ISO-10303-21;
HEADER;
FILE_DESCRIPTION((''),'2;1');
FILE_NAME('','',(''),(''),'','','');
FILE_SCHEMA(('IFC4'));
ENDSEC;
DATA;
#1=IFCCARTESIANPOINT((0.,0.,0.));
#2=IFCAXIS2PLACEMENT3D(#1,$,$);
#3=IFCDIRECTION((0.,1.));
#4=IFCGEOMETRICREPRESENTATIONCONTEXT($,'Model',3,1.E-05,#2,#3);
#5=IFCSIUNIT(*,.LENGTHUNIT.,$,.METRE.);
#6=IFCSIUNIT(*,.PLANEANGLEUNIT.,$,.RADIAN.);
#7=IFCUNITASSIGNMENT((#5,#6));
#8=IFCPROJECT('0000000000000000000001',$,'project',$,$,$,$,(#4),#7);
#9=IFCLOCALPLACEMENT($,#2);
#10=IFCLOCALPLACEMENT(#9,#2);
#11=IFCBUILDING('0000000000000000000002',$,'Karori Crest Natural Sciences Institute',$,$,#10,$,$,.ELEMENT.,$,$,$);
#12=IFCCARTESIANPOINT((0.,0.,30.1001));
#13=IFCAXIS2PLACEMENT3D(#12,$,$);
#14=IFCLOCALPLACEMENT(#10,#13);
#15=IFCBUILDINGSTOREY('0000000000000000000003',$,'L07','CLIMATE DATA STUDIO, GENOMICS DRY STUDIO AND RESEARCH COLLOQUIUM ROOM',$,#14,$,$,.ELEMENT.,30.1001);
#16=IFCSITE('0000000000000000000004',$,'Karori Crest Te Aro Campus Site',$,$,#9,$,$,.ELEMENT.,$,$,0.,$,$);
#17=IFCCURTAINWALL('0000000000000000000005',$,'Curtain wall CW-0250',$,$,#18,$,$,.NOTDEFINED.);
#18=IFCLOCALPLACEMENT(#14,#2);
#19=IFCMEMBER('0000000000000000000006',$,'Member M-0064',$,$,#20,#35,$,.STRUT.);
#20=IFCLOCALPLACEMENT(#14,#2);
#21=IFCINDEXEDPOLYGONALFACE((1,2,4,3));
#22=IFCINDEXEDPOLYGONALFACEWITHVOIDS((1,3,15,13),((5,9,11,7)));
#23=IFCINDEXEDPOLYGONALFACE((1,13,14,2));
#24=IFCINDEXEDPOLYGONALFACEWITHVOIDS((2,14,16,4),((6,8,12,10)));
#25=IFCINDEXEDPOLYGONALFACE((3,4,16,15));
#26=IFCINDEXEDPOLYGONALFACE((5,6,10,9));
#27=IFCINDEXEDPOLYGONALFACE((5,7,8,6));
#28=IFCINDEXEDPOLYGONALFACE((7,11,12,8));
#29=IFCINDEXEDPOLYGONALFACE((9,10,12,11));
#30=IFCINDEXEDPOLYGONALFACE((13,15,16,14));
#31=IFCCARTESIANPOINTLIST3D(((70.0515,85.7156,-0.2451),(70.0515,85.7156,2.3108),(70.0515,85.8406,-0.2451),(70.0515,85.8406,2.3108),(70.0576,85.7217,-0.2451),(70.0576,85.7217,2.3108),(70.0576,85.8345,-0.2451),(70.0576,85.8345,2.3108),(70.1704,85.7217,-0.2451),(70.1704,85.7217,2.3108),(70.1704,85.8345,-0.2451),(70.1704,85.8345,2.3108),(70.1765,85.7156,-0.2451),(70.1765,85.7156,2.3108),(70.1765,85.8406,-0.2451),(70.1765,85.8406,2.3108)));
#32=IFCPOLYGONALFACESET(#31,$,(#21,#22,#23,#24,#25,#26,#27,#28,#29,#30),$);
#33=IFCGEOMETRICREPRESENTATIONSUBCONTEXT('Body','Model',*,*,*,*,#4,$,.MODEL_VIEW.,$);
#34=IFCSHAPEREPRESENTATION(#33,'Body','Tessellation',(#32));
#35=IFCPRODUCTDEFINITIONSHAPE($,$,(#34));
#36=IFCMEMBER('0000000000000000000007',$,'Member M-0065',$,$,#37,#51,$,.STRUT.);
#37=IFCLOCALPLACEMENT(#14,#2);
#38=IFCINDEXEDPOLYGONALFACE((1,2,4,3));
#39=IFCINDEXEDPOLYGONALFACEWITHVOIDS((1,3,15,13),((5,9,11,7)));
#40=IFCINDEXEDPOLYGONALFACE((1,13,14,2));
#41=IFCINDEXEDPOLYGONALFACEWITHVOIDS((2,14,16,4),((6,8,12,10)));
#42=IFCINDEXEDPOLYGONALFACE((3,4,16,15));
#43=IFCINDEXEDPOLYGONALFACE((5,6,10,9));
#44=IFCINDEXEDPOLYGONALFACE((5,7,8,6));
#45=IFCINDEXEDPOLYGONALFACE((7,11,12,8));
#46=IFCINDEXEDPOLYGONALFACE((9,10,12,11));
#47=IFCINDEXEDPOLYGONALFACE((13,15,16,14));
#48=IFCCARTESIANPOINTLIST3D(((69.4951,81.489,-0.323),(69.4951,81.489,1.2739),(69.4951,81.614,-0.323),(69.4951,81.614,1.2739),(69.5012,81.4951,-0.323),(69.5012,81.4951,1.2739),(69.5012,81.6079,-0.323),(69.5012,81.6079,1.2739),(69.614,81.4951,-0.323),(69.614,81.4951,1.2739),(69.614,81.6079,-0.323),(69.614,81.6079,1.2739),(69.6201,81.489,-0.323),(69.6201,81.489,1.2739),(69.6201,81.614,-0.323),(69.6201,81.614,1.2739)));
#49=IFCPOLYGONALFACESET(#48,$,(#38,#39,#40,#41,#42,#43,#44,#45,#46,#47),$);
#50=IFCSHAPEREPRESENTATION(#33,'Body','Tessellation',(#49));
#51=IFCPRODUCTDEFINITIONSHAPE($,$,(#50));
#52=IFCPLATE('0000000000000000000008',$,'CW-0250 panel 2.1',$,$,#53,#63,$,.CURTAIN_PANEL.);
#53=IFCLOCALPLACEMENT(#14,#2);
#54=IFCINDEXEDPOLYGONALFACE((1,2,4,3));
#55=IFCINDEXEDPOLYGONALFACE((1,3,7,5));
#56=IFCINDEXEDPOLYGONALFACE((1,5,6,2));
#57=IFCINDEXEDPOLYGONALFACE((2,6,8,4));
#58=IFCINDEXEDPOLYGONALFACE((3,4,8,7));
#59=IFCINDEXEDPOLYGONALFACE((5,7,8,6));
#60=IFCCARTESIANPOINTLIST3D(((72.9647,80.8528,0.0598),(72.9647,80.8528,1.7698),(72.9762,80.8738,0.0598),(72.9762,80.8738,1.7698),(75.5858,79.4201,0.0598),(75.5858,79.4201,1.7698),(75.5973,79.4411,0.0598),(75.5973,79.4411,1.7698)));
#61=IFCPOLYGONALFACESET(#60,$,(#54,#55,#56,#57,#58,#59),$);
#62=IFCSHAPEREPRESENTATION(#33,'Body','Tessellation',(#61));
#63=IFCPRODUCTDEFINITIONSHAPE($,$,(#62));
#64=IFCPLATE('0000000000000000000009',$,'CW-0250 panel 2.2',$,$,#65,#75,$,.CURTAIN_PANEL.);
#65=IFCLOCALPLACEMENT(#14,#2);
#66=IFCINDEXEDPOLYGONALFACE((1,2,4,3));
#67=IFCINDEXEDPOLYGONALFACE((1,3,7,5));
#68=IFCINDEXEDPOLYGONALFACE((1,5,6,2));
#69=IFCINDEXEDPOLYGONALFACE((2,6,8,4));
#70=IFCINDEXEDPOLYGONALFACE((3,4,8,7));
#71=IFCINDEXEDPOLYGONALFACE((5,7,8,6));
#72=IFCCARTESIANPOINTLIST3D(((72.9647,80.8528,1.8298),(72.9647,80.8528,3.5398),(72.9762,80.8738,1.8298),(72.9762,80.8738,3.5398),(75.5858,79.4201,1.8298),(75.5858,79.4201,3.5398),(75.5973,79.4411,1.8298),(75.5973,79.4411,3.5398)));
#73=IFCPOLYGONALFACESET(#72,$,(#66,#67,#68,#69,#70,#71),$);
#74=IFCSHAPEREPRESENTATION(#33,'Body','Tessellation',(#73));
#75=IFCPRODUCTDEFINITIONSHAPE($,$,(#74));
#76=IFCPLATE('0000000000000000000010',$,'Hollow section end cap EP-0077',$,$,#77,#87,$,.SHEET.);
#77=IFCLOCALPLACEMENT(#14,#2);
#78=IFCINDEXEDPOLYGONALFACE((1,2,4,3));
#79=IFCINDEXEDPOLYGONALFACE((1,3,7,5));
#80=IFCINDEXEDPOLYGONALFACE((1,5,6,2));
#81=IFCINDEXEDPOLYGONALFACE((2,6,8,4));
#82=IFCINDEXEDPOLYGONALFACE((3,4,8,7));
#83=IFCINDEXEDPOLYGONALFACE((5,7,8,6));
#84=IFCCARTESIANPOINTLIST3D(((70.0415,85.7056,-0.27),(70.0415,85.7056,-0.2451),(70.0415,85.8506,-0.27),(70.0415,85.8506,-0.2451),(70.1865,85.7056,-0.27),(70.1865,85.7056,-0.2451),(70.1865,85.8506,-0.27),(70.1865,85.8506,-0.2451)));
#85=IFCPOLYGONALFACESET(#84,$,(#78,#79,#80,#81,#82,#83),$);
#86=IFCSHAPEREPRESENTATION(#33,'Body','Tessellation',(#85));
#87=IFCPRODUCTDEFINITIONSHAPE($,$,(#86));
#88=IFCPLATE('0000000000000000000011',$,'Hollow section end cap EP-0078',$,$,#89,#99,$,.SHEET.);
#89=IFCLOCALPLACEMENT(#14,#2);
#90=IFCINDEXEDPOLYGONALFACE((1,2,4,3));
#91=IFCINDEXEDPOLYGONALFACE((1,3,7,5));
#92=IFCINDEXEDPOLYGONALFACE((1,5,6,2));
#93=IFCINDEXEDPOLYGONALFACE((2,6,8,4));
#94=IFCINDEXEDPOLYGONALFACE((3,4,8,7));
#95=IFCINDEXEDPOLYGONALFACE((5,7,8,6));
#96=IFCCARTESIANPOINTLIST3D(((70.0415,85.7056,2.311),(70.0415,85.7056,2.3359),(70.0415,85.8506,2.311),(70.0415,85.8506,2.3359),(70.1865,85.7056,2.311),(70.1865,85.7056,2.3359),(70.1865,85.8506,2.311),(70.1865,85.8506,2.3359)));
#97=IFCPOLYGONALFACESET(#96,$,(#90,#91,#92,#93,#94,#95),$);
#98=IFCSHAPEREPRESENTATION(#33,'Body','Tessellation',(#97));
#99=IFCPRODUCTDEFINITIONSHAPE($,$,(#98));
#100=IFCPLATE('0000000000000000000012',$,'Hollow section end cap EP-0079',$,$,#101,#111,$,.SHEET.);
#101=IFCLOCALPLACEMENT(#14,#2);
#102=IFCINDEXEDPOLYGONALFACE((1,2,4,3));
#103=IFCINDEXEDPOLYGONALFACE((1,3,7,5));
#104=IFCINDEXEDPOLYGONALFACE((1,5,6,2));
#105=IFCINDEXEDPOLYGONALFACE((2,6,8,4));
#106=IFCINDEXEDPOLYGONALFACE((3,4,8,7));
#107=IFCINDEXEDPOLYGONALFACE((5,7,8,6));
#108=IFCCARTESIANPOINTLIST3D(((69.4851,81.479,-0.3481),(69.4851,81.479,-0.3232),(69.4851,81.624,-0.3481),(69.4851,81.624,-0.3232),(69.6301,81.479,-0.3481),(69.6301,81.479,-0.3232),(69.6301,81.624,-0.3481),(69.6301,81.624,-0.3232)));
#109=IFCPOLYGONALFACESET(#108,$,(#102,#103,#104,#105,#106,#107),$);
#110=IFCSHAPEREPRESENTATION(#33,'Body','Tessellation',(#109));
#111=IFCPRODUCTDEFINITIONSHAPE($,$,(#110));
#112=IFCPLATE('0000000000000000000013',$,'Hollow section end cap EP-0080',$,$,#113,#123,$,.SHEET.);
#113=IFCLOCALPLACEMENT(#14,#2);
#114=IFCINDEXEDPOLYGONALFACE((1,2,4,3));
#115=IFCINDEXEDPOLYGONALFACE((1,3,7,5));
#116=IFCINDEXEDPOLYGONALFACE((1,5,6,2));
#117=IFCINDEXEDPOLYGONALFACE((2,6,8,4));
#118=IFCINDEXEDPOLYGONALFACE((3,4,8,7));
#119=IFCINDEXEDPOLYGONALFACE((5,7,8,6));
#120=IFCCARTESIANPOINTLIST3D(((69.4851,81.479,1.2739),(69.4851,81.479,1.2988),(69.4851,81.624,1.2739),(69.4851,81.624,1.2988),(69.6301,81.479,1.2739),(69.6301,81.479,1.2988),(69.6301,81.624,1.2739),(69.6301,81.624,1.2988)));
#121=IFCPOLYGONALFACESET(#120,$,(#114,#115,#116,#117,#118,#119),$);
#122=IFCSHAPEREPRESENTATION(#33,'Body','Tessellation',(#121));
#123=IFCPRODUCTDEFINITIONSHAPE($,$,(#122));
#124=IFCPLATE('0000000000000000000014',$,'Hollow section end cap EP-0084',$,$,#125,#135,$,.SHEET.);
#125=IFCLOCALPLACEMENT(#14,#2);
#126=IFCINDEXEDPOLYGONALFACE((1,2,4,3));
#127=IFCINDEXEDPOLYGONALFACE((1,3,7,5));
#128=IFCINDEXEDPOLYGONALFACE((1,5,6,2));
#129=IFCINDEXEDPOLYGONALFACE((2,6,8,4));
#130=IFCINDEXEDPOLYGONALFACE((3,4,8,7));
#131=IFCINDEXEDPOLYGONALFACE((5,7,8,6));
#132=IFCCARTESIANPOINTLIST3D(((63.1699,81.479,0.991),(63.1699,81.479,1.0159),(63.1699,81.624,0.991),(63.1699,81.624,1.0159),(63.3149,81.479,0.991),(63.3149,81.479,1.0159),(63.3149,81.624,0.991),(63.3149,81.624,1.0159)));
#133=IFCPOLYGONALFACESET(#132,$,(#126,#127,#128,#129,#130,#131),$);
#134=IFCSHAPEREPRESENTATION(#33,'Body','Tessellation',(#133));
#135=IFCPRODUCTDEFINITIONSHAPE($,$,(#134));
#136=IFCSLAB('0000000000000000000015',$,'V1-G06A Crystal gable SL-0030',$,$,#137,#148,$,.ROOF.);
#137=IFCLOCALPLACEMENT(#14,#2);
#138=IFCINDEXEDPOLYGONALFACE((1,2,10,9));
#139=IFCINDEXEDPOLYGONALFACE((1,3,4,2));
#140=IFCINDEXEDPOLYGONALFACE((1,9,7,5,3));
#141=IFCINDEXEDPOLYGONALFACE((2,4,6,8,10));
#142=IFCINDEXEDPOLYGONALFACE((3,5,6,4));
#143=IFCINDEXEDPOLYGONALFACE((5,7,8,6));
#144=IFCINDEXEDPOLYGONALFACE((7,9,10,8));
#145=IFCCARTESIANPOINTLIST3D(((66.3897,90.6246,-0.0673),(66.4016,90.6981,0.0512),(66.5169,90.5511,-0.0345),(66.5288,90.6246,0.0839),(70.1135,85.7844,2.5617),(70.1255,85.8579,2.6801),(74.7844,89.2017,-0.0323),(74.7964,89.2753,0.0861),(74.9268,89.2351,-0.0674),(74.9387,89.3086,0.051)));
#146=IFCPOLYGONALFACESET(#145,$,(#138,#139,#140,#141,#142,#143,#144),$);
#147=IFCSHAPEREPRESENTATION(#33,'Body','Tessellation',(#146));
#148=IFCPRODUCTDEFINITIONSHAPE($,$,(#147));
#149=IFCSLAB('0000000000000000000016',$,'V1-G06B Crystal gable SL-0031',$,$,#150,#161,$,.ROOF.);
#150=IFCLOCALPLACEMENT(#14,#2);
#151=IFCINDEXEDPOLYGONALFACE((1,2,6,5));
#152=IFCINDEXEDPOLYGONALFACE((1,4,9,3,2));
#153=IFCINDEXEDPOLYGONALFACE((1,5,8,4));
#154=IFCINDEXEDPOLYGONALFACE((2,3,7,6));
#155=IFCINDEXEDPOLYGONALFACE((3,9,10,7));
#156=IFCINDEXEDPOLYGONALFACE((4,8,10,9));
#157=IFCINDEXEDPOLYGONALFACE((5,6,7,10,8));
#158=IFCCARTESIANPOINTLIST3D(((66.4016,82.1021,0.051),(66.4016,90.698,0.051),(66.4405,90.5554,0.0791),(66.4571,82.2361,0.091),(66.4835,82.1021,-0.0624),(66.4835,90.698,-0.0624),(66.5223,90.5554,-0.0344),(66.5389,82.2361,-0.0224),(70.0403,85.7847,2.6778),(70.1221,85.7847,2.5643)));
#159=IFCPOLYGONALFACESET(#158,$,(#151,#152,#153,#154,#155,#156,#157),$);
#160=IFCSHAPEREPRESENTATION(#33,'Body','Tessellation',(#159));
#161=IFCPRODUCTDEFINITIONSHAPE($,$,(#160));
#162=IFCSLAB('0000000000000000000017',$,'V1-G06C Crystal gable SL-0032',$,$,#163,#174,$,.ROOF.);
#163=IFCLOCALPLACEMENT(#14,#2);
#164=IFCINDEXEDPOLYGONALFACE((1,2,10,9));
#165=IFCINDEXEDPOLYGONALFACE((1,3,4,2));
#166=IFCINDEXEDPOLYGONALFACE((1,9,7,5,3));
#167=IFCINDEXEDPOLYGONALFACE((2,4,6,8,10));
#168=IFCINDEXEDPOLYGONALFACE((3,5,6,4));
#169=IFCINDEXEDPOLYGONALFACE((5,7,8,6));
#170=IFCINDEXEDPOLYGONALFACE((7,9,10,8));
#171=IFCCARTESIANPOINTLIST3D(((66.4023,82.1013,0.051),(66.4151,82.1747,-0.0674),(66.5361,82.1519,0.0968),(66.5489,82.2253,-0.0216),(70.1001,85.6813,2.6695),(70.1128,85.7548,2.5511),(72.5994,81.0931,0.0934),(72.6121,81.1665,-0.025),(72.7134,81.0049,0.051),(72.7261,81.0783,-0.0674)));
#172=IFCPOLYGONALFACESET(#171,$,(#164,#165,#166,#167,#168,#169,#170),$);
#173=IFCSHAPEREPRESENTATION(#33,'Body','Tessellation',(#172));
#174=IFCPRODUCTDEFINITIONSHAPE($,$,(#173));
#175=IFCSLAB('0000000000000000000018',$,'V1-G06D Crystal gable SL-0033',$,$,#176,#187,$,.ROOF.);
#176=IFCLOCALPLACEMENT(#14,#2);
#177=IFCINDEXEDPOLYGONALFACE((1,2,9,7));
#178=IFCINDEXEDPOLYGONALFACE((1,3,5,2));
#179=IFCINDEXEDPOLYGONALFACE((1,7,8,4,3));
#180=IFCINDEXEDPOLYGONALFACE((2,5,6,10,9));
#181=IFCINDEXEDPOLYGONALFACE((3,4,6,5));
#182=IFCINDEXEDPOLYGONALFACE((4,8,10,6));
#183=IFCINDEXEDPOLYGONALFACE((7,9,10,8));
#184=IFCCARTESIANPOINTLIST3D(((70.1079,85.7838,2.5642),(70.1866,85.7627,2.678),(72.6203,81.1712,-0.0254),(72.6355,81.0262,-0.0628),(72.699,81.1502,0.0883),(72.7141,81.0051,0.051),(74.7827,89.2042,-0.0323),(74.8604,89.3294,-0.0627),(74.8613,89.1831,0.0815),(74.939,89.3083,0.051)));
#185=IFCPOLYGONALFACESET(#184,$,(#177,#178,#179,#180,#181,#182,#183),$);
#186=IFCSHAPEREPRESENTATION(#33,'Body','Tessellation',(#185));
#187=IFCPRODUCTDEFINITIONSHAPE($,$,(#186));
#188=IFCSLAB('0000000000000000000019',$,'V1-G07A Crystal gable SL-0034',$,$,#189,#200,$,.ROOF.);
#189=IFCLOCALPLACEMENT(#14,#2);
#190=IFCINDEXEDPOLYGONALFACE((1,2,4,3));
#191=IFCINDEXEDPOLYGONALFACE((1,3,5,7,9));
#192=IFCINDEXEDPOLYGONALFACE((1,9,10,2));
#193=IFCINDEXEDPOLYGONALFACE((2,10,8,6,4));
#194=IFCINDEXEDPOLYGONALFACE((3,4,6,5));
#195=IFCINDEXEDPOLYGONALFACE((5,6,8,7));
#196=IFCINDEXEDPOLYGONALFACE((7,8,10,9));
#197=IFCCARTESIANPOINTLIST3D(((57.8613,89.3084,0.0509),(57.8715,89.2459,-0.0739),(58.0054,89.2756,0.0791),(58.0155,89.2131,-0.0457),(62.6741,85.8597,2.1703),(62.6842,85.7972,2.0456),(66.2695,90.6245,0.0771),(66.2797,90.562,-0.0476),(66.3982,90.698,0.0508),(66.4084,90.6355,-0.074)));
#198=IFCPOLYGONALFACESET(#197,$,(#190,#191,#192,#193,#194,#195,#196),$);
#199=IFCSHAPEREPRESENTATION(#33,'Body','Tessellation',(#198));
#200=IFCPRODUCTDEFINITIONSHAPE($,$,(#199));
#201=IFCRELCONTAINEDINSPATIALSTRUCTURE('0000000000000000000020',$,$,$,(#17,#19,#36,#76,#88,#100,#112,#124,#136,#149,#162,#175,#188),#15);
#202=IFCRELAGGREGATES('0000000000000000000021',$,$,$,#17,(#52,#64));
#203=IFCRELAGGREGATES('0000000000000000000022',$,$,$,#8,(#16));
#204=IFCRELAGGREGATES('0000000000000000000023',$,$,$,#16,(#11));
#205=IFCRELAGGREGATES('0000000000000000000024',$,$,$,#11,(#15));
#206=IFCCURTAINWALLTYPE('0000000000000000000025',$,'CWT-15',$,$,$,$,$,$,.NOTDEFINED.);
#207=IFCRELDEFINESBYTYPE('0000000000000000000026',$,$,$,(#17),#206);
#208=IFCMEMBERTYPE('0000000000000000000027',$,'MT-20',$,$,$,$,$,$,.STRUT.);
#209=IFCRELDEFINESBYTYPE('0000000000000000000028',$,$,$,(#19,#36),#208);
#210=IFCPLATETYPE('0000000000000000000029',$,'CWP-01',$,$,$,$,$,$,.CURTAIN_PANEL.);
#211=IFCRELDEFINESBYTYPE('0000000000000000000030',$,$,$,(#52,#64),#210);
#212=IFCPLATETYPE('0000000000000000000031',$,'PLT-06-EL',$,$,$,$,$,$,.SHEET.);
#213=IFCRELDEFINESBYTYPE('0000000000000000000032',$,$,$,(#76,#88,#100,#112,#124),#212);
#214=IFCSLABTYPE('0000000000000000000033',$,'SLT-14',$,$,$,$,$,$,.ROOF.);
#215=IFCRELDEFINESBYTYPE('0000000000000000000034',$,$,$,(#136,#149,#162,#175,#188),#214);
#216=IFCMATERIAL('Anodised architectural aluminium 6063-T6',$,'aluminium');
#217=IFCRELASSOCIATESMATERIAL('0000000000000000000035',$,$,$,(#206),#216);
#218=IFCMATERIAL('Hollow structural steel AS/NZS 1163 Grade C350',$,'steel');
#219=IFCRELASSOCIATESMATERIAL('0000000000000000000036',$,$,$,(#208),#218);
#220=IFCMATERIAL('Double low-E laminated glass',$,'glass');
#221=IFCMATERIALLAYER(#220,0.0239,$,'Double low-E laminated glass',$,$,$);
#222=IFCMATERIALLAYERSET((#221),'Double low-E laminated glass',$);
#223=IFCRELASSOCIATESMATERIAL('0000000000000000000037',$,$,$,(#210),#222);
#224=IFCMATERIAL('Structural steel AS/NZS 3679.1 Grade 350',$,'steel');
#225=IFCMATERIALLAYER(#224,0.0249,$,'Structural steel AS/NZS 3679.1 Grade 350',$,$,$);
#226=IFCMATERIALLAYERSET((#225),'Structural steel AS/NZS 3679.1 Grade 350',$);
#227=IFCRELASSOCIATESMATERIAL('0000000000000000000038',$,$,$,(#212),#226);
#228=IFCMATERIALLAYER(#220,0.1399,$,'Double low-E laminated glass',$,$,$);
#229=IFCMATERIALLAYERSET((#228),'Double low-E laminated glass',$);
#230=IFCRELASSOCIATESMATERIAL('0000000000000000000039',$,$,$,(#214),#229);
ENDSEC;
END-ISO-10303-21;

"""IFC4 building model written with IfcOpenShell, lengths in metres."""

from ifc_helpers import new_model, si_unit, direction, frame, origin, origin_2d, place, context, subcontext, project, spatial, polyline, rectangle, hollow_rectangle, outline, extrude, material, layer, layer_set, material_profile, profile_set, type_object, element, aggregate, save


model = new_model("IFC4")

# Units and contexts
model_context = context("Model", 3, precision=1e-05, world=origin(), true_north=direction((0.0, 1.0)))
body_context = subcontext(model_context, "Body", "Model", "MODEL_VIEW")
ifc_project = project(units=[si_unit("LENGTHUNIT", "METRE"), si_unit("PLANEANGLEUNIT", "RADIAN")], contexts=[model_context])

# Site, building, storey
site_placement = place(None, origin())
site = spatial("IfcSite", under=ifc_project, at=site_placement, Name="Karori Crest Te Aro Campus Site", CompositionType="ELEMENT", RefElevation=0.0)
building_placement = place(site_placement, origin())
building = spatial("IfcBuilding", under=site, at=building_placement, Name="Karori Crest Natural Sciences Institute", CompositionType="ELEMENT")
storey_placement = place(building_placement, frame((0.0, 0.0, 30.1001)))
storey = spatial("IfcBuildingStorey", under=building, at=storey_placement, Name="L07", Description="CLIMATE DATA STUDIO, GENOMICS DRY STUDIO AND RESEARCH COLLOQUIUM ROOM", CompositionType="ELEMENT", Elevation=30.1001)

# Shared definitions
ifc_material_1 = material(Name="Structural steel AS/NZS 3679.1 Grade 350", Category="steel")

# Curtain wall
ifc_material_2 = material(Name="Anodised architectural aluminium 6063-T6", Category="aluminium")
curtain_wall_type_1 = type_object("IfcCurtainWallType", Name="CWT-15", PredefinedType="NOTDEFINED", material=ifc_material_2)
curtain_wall_1_placement = place(storey_placement, origin())
curtain_wall_1 = element("IfcCurtainWall", 1, at=curtain_wall_1_placement, inside=storey, type_object=curtain_wall_type_1, Name="Curtain wall CW-0250", PredefinedType="NOTDEFINED")

# Members
ifc_material_3 = material(Name="Hollow structural steel AS/NZS 1163 Grade C350", Category="steel")
ifc_material_profile_1 = material_profile(ifc_material_3, hollow_rectangle(XDim=0.125, YDim=0.125, WallThickness=0.0061, at=origin_2d()), Name="SHS125x125x6")
ifc_profile_set_1 = profile_set([ifc_material_profile_1], Name="Hollow structural steel AS/NZS 1163 Grade C350")
member_type_1 = type_object("IfcMemberType", Name="MT-20", PredefinedType="STRUT", material=ifc_profile_set_1)
member_1_placement = place(storey_placement, frame((70.114, 85.7781, -0.2451), z_axis=(0.0, 0.0, 1.0), x_axis=(1.0, 0.0, 0.0)))
element("IfcMember", 2, at=member_1_placement, inside=storey, type_object=member_type_1, Name="Member M-0064", PredefinedType="STRUT", context=body_context, shape_type="SweptSolid", body=[
    extrude(hollow_rectangle(XDim=0.125, YDim=0.125, WallThickness=0.0061, at=origin_2d()), origin(), (0.0, 0.0, 1.0), 2.5559),
])
member_2_placement = place(storey_placement, frame((69.5576, 81.5515, -0.323), z_axis=(0.0, 0.0, 1.0), x_axis=(1.0, 0.0, 0.0)))
element("IfcMember", 3, at=member_2_placement, inside=storey, type_object=member_type_1, Name="Member M-0065", PredefinedType="STRUT", context=body_context, shape_type="SweptSolid", body=[
    extrude(hollow_rectangle(XDim=0.125, YDim=0.125, WallThickness=0.0061, at=origin_2d()), origin(), (0.0, 0.0, 1.0), 1.5969),
])

# Plates
ifc_material_4 = material(Name="Double low-E laminated glass", Category="glass")
ifc_layer_1 = layer(ifc_material_4, 0.0239, Name="Double low-E laminated glass")
ifc_layer_set_1 = layer_set([ifc_layer_1], Name="Double low-E laminated glass")
plate_type_1 = type_object("IfcPlateType", Name="CWP-01", PredefinedType="CURTAIN_PANEL", material=ifc_layer_set_1)
plate_1_placement = place(storey_placement, frame((74.281, 80.147, 0.0598), z_axis=(0.0, 0.0, 1.0), x_axis=(-0.87747, 0.479631, 0.0)))
plate_1 = element("IfcPlate", 4, at=plate_1_placement, type_object=plate_type_1, Name="CW-0250 panel 2.1", PredefinedType="CURTAIN_PANEL", context=body_context, shape_type="SweptSolid", body=[
    extrude(rectangle(XDim=2.9871, YDim=0.0239, at=origin_2d()), origin(), (0.0, 0.0, 1.0), 1.71),
])
plate_2_placement = place(storey_placement, frame((74.281, 80.147, 1.8298), z_axis=(0.0, 0.0, 1.0), x_axis=(-0.87747, 0.479631, 0.0)))
plate_2 = element("IfcPlate", 5, at=plate_2_placement, type_object=plate_type_1, Name="CW-0250 panel 2.2", PredefinedType="CURTAIN_PANEL", context=body_context, shape_type="SweptSolid", body=[
    extrude(rectangle(XDim=2.9871, YDim=0.0239, at=origin_2d()), origin(), (0.0, 0.0, 1.0), 1.71),
])
aggregate(curtain_wall_1, [plate_1, plate_2])

# Plates
ifc_layer_2 = layer(ifc_material_1, 0.0249, Name="Structural steel AS/NZS 3679.1 Grade 350")
ifc_layer_set_2 = layer_set([ifc_layer_2], Name="Structural steel AS/NZS 3679.1 Grade 350")
plate_type_2 = type_object("IfcPlateType", Name="PLT-06-EL", PredefinedType="SHEET", material=ifc_layer_set_2)
for number, where, z_axis, x_axis, name in (
    (6, (70.114, 85.7781, -0.27), (0.0, 0.0, 1.0), (1.0, 0.0, 0.0), "Hollow section end cap EP-0077"),
    (7, (70.114, 85.7781, 2.311), (0.0, 0.0, 1.0), (1.0, 0.0, 0.0), "Hollow section end cap EP-0078"),
    (8, (69.5576, 81.5515, -0.3481), (0.0, 0.0, 1.0), (1.0, 0.0, 0.0), "Hollow section end cap EP-0079"),
    (9, (69.5576, 81.5515, 1.2739), (0.0, 0.0, 1.0), (1.0, 0.0, 0.0), "Hollow section end cap EP-0080"),
    (10, (63.2424, 81.5515, 0.991), (0.0, 0.0, 1.0), (1.0, 0.0, 0.0), "Hollow section end cap EP-0084"),
):
    element("IfcPlate", number, at=place(storey_placement, frame(where, z_axis=z_axis, x_axis=x_axis)), inside=storey, type_object=plate_type_2, Name=name, PredefinedType="SHEET", context=body_context, shape_type="SweptSolid", body=[
        extrude(rectangle(XDim=0.145, YDim=0.145, at=origin_2d()), origin(), (0.0, 0.0, 1.0), 0.0249),
    ])

# Slabs
ifc_layer_3 = layer(ifc_material_4, 0.1399, Name="Double low-E laminated glass")
ifc_layer_set_3 = layer_set([ifc_layer_3], Name="Double low-E laminated glass")
slab_type = type_object("IfcSlabType", Name="SLT-14", PredefinedType="ROOF", material=ifc_layer_set_3)
slab_1_placement = place(storey_placement, frame((74.9387, 89.3086, 0.051), z_axis=(0.085554, 0.525568, 0.846439), x_axis=(-0.987012, 0.160645, 0.000015)))
element("IfcSlab", 11, at=slab_1_placement, inside=storey, type_object=slab_type, Name="V1-G06A Crystal gable SL-0030", PredefinedType="ROOF", context=body_context, shape_type="SweptSolid", body=[
    extrude(outline(polyline([(0.0, 0.0), (8.6494, 0.0), (8.5121, 0.0615), (4.1964, 4.9373), (0.1351, 0.0659), (0.0, 0.0)])), origin(), (0.0, 0.0, -1.0), 0.1399),
])
slab_2_placement = place(storey_placement, frame((66.4016, 90.698, 0.051), z_axis=(-0.585318, -0.000002, 0.810804), x_axis=(0.000001, -1.0, -0.000002)))
element("IfcSlab", 12, at=slab_2_placement, inside=storey, type_object=slab_type, Name="V1-G06B Crystal gable SL-0031", PredefinedType="ROOF", context=body_context, shape_type="SweptSolid", body=[
    extrude(outline(polyline([(0.0, 0.0), (8.5959, 0.0), (8.4619, 0.0684), (4.9133, 4.4877), (0.1426, 0.0479), (0.0, 0.0)])), origin(), (0.0, 0.0, -1.0), 0.1399),
])
slab_3_placement = place(storey_placement, frame((66.4023, 82.1013, 0.051), z_axis=(-0.091176, -0.524831, 0.84631), x_axis=(0.985242, -0.171167, -0.000004)))
element("IfcSlab", 13, at=slab_3_placement, inside=storey, type_object=slab_type, Name="V1-G06C Crystal gable SL-0032", PredefinedType="ROOF", context=body_context, shape_type="SweptSolid", body=[
    extrude(outline(polyline([(0.0, 0.0), (6.4056, 0.0), (6.2782, 0.0796), (3.0304, 4.9156), (0.1232, 0.086), (0.0, 0.0)])), origin(), (0.0, 0.0, -1.0), 0.1399),
])
slab_4_placement = place(storey_placement, frame((72.7141, 81.0051, 0.051), z_axis=(0.561938, -0.150573, 0.813359), x_axis=(0.258821, 0.965925, 0.000001)))
element("IfcSlab", 14, at=slab_4_placement, inside=storey, type_object=slab_type, Name="V1-G06D Crystal gable SL-0033", PredefinedType="ROOF", context=body_context, shape_type="SweptSolid", body=[
    extrude(outline(polyline([(0.0, 0.0), (8.5961, 0.0), (8.4551, 0.0524), (3.9413, 4.5156), (0.1362, 0.0642), (0.0, 0.0)])), origin(), (0.0, 0.0, -1.0), 0.1399),
])
slab_5_placement = place(storey_placement, frame((66.3982, 90.698, 0.0508), z_axis=(-0.072685, 0.446611, 0.891771), x_axis=(-0.98701, -0.160661, 0.000013)))
element("IfcSlab", 15, at=slab_5_placement, inside=storey, type_object=slab_type, Name="V1-G07A Crystal gable SL-0034", PredefinedType="ROOF", context=body_context, shape_type="SweptSolid", body=[
    extrude(outline(polyline([(0.0, 0.0), (8.6492, 0.0), (8.5123, 0.0622), (4.4531, 4.6841), (0.1388, 0.0582), (0.0, 0.0)])), origin(), (0.0, 0.0, -1.0), 0.1399),
])

save(model, "model.ifc")
